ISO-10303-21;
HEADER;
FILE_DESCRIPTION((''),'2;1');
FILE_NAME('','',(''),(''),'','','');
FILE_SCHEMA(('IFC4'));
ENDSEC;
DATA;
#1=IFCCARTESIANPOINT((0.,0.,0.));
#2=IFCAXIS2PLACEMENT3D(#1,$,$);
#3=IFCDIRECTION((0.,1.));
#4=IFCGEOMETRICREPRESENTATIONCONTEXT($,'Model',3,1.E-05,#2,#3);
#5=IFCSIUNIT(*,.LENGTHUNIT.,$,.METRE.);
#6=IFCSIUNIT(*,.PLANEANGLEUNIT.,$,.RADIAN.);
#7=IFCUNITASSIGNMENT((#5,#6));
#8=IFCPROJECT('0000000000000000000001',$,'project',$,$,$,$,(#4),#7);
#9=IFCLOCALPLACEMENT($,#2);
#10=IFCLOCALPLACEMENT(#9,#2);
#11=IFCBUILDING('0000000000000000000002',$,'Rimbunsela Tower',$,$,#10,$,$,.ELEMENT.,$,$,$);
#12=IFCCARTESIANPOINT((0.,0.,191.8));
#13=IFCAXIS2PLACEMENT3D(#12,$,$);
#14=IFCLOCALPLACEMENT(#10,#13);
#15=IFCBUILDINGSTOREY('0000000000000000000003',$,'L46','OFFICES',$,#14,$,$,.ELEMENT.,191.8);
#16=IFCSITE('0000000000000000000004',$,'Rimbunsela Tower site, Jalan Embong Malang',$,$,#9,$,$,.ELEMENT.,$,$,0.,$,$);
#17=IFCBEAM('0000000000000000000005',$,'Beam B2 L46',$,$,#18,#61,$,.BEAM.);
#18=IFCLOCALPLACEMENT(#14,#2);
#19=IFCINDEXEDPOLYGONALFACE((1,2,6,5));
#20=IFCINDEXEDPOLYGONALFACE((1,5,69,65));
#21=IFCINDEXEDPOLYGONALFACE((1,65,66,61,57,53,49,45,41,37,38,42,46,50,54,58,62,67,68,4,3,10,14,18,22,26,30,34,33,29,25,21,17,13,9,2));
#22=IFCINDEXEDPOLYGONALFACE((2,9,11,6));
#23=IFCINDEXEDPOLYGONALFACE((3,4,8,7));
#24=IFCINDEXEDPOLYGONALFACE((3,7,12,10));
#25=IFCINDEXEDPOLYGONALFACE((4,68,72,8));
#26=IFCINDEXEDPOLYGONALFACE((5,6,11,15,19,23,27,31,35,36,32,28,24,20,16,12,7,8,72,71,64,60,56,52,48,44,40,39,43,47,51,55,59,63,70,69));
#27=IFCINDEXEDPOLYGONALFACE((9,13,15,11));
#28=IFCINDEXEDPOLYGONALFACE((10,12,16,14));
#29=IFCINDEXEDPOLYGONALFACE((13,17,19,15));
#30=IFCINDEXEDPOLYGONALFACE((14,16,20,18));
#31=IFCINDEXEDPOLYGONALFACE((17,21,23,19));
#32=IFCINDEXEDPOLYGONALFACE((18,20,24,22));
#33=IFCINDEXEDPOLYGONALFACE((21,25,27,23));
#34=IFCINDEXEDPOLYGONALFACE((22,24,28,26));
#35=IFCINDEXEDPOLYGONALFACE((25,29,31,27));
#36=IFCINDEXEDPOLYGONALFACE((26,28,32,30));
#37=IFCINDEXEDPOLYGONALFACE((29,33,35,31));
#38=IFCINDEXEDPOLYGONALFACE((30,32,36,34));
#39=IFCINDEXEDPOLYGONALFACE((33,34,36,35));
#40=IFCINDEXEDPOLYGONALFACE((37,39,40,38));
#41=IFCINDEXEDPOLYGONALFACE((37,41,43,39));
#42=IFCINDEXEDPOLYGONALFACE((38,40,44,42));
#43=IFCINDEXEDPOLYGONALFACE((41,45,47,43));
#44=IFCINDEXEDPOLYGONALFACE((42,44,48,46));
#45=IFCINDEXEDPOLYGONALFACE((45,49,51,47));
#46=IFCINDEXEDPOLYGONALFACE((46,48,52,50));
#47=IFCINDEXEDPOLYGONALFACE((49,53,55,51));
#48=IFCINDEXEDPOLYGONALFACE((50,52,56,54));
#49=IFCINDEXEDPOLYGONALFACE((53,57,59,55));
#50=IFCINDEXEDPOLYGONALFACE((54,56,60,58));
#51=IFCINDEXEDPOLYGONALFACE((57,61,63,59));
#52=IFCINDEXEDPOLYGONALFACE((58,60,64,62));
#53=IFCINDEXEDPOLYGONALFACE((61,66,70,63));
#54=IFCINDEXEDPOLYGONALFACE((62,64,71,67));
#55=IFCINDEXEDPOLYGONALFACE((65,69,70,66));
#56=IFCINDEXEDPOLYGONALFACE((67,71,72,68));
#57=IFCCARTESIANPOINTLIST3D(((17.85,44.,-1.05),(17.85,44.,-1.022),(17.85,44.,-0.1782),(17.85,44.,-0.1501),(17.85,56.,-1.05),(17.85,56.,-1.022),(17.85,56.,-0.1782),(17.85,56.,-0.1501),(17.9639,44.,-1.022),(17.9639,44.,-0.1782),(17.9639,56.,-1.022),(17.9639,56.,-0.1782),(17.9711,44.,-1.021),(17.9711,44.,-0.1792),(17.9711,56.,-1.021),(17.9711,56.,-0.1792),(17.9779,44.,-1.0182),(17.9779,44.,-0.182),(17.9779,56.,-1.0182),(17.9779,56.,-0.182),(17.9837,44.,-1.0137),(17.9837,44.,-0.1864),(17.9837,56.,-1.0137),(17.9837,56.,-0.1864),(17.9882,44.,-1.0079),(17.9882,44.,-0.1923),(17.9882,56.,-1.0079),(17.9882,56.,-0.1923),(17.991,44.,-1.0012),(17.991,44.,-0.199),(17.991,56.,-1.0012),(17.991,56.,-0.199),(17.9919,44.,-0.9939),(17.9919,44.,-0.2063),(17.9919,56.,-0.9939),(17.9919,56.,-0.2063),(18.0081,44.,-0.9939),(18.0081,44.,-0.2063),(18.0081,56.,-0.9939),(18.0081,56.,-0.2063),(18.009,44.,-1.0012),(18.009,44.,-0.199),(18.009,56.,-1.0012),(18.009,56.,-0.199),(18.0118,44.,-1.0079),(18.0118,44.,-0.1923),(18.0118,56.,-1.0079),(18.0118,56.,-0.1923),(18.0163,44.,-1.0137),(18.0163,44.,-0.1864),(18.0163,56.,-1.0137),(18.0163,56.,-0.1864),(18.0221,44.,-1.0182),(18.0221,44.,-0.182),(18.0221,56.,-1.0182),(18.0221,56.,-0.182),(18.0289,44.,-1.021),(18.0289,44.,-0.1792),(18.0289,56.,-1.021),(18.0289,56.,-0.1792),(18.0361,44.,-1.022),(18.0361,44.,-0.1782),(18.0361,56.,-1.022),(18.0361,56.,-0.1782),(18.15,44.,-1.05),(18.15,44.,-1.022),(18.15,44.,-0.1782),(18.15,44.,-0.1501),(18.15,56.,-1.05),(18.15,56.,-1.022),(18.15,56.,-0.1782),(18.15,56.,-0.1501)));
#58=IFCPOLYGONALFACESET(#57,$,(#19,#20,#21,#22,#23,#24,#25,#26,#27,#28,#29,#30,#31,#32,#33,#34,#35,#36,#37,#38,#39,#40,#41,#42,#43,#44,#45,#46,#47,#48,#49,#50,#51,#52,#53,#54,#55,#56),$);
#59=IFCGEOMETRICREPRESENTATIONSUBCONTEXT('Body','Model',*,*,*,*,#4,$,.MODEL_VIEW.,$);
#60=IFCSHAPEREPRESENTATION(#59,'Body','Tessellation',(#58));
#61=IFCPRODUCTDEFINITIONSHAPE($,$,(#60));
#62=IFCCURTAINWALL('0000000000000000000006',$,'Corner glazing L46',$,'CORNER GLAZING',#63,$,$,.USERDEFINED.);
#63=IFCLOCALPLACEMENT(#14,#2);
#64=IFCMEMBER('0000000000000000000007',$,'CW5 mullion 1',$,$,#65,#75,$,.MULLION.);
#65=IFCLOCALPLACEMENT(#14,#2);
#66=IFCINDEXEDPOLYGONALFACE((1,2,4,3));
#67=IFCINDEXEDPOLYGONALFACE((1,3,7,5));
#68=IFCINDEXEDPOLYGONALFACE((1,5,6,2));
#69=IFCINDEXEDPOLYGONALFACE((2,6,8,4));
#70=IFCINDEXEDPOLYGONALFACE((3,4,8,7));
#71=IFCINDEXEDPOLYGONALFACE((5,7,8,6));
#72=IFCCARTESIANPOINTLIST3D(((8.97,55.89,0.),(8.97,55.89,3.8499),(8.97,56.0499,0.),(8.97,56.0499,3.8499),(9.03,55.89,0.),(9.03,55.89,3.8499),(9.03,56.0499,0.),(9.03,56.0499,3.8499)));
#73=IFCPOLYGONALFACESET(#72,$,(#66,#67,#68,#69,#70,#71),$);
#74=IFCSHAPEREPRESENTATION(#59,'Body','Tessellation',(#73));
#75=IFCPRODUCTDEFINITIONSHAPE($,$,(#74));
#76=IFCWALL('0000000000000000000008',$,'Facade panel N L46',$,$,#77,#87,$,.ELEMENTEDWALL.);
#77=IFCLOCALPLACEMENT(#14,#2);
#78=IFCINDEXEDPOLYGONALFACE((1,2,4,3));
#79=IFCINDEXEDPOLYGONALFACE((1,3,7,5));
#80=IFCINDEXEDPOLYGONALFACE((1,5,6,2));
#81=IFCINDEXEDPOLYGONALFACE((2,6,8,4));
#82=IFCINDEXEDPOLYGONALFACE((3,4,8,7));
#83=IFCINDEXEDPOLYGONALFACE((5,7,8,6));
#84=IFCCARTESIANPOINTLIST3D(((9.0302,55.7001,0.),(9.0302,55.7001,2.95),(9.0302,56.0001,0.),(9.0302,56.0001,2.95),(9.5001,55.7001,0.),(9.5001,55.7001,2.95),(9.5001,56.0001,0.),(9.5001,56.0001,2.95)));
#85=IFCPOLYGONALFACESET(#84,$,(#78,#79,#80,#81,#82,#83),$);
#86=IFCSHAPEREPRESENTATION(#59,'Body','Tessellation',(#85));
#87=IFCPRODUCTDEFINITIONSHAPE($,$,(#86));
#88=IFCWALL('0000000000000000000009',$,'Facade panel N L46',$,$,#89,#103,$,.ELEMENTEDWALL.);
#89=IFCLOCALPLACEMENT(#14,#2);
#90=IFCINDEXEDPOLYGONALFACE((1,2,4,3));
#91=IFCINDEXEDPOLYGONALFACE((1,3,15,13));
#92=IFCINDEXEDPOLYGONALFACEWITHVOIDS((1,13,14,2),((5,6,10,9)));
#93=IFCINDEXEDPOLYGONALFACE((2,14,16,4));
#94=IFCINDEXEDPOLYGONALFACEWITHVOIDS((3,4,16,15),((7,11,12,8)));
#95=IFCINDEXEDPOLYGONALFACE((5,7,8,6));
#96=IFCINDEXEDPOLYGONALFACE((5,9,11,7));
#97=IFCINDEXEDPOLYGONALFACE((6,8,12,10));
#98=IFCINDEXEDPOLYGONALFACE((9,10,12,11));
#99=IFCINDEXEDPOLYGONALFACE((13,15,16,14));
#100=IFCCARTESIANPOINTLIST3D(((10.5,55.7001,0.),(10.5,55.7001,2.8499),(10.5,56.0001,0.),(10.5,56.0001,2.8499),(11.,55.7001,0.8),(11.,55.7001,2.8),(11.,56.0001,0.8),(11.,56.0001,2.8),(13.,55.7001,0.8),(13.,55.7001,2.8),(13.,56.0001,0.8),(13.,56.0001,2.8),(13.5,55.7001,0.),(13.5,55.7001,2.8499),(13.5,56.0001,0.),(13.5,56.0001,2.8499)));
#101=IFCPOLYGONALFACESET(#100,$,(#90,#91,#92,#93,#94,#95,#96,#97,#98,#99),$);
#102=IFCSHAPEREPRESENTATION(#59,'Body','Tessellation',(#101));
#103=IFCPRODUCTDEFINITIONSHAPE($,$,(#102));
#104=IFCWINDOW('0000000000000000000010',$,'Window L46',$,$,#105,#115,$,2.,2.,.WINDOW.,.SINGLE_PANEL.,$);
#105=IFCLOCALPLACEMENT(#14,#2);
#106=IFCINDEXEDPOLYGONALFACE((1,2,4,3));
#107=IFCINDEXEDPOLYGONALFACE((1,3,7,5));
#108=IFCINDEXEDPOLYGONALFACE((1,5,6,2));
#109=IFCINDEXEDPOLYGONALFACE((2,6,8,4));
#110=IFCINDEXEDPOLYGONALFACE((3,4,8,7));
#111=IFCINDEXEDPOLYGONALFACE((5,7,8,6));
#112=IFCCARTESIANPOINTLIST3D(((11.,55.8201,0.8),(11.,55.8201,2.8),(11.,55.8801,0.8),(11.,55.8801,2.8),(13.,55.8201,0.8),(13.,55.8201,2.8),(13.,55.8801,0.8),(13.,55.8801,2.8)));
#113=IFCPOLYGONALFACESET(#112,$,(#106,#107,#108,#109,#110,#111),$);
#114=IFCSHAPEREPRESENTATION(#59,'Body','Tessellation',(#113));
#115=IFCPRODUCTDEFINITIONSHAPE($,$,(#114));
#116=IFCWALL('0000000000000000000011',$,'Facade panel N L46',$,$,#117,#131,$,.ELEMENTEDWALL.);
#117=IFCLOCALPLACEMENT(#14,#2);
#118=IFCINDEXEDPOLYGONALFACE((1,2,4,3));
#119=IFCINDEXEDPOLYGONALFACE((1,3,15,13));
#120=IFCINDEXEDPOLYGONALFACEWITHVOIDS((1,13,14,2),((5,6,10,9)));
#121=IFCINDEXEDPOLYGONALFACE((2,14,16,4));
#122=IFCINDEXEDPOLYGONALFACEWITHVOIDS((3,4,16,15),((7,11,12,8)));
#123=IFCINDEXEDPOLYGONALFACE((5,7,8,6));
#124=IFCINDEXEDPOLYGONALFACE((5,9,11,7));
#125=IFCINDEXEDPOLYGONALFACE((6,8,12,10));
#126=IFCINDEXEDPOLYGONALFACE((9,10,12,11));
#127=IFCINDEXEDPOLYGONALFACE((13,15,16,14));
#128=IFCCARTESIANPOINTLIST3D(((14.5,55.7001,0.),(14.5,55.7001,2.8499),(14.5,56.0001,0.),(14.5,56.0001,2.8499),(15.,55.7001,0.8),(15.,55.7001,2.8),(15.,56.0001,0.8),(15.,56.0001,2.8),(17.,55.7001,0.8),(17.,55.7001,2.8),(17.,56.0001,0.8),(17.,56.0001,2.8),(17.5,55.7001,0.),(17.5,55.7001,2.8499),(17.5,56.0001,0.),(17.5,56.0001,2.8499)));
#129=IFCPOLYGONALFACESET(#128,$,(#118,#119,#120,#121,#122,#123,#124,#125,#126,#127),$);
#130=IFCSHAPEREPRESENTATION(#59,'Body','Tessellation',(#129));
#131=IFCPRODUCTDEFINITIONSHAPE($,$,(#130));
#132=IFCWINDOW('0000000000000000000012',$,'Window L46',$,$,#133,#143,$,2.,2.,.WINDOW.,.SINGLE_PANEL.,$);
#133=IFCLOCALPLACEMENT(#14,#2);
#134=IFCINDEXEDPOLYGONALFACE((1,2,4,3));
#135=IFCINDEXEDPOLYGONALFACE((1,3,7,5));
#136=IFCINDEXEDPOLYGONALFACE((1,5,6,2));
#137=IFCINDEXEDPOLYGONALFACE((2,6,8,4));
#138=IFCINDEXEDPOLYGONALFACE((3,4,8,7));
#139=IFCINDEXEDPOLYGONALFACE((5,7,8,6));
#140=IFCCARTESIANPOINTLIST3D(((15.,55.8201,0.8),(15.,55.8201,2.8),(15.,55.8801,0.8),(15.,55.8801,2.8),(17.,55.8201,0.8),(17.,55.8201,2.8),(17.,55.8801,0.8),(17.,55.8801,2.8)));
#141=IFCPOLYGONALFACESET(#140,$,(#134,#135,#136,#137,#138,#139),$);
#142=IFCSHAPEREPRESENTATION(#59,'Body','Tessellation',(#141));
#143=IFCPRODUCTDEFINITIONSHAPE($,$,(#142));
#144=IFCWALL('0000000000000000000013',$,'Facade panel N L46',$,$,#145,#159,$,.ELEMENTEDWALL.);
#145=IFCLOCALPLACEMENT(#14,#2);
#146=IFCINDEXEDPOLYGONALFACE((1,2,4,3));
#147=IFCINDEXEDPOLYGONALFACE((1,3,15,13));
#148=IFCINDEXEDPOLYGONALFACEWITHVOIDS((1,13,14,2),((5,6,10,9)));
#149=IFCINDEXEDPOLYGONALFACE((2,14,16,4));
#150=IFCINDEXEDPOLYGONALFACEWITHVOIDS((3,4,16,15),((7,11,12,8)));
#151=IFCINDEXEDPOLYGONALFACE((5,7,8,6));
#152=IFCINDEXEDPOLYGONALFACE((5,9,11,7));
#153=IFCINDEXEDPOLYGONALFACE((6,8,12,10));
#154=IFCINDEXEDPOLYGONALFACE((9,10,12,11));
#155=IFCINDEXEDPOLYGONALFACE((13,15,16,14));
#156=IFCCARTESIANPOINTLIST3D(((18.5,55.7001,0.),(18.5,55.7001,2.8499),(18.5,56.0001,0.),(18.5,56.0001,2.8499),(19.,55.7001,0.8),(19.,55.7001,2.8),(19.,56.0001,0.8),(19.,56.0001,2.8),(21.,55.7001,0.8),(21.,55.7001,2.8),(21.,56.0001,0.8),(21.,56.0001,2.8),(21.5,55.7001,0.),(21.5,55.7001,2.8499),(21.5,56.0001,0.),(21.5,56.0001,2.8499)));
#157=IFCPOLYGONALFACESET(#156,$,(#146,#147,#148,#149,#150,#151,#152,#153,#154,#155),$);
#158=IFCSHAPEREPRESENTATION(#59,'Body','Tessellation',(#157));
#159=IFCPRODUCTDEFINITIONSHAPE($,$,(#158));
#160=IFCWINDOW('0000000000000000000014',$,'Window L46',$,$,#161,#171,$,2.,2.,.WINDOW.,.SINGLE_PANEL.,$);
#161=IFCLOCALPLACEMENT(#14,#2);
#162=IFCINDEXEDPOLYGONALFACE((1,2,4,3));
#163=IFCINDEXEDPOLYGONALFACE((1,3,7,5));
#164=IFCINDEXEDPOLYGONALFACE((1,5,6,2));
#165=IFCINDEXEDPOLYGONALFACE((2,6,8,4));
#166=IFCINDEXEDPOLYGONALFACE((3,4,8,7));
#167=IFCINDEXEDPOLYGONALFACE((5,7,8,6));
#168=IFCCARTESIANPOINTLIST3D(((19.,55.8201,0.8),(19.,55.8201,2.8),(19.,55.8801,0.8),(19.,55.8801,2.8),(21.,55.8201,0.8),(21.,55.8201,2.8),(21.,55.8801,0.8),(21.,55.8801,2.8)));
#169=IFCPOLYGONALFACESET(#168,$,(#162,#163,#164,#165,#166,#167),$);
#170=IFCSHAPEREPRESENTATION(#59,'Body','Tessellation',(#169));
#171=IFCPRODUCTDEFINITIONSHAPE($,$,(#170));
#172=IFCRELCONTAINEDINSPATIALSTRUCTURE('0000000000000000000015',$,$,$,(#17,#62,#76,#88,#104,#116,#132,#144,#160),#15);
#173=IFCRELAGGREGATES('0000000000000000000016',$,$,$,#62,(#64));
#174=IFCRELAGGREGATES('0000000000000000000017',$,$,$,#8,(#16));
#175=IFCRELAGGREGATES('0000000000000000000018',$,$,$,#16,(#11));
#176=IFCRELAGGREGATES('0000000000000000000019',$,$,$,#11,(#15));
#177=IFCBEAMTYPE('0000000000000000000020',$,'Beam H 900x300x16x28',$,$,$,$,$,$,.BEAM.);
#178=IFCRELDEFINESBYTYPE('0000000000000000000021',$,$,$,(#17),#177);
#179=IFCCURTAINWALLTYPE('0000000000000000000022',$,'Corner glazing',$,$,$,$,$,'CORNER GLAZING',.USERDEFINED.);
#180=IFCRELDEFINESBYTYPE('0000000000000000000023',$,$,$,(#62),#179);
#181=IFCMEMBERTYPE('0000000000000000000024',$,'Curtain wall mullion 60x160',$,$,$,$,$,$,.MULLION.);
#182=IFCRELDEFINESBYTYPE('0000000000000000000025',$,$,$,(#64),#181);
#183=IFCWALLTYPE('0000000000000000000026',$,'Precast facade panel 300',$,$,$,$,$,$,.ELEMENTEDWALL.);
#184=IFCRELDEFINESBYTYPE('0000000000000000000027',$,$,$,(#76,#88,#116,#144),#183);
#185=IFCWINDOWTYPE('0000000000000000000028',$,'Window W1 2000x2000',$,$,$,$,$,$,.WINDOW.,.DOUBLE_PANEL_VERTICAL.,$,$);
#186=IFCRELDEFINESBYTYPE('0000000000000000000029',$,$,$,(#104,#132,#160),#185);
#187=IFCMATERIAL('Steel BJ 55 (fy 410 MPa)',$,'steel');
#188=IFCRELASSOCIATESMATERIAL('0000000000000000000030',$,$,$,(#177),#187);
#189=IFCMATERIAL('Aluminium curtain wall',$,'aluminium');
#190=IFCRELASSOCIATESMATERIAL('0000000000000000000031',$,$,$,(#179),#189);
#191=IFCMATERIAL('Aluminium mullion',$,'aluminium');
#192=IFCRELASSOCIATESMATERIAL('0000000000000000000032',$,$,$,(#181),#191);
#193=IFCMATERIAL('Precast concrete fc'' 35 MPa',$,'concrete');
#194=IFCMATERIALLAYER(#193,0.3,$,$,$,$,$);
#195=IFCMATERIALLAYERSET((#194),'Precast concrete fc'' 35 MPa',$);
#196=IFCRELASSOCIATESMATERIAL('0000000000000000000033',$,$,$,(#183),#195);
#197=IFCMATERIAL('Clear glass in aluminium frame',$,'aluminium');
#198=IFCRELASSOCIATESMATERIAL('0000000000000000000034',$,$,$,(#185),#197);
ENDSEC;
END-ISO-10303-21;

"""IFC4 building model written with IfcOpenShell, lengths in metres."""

from ifc_helpers import new_model, si_unit, direction, frame, frame_2d, origin, origin_2d, place, context, subcontext, project, spatial, rectangle, i_section, extrude, material, layer, layer_set, material_profile, profile_set, type_object, element, fill, aggregate, save


model = new_model("IFC4")

# Units and contexts
model_context = context("Model", 3, precision=1e-05, world=origin(), true_north=direction((0.0, 1.0)))
body_context = subcontext(model_context, "Body", "Model", "MODEL_VIEW")
ifc_project = project(units=[si_unit("LENGTHUNIT", "METRE"), si_unit("PLANEANGLEUNIT", "RADIAN")], contexts=[model_context])

# Site, building, storey
site_placement = place(None, origin())
site = spatial("IfcSite", under=ifc_project, at=site_placement, Name="Rimbunsela Tower site, Jalan Embong Malang", CompositionType="ELEMENT", RefElevation=0.0)
building_placement = place(site_placement, origin())
building = spatial("IfcBuilding", under=site, at=building_placement, Name="Rimbunsela Tower", CompositionType="ELEMENT")
storey_placement = place(building_placement, frame((0.0, 0.0, 191.8)))
storey = spatial("IfcBuildingStorey", under=building, at=storey_placement, Name="L46", Description="OFFICES", CompositionType="ELEMENT", Elevation=191.8)

# Beam
ifc_material_1 = material(Name="Steel BJ 55 (fy 410 MPa)", Category="steel")
ifc_material_profile_1 = material_profile(ifc_material_1, i_section(OverallWidth=0.3, OverallDepth=0.8999, WebThickness=0.0161, FlangeThickness=0.0281, FilletRadius=0.0281, at=origin_2d()), Name="H 900x300x16x28")
ifc_profile_set_1 = profile_set([ifc_material_profile_1], Name="Steel BJ 55 (fy 410 MPa)")
beam_type_1 = type_object("IfcBeamType", Name="Beam H 900x300x16x28", PredefinedType="BEAM", material=ifc_profile_set_1)
beam_1_placement = place(storey_placement, frame((18.0, 44.0, -0.6001), z_axis=(0.0, 1.0, 0.0), x_axis=(-1.0, 0.0, 0.0)))
element("IfcBeam", 1, at=beam_1_placement, inside=storey, type_object=beam_type_1, Name="Beam B2 L46", PredefinedType="BEAM", context=body_context, shape_type="SweptSolid", body=[
    extrude(i_section(OverallWidth=0.3, OverallDepth=0.8999, WebThickness=0.0161, FlangeThickness=0.0281, FilletRadius=0.0281, at=origin_2d()), origin(), (0.0, 0.0, 1.0), 12.0),
])

# Curtain wall, member
ifc_material_2 = material(Name="Aluminium curtain wall", Category="aluminium")
curtain_wall_type = type_object("IfcCurtainWallType", Name="Corner glazing", ElementType="CORNER GLAZING", PredefinedType="USERDEFINED", material=ifc_material_2)
curtain_wall_placement = place(storey_placement, origin())
curtain_wall = element("IfcCurtainWall", 2, at=curtain_wall_placement, inside=storey, type_object=curtain_wall_type, Name="Corner glazing L46", ObjectType="CORNER GLAZING", PredefinedType="USERDEFINED")
ifc_material_3 = material(Name="Aluminium mullion", Category="aluminium")
ifc_material_profile_2 = material_profile(ifc_material_3, rectangle(XDim=0.0601, YDim=0.1599, at=origin_2d()), Name="Mullion 60x160")
ifc_profile_set_2 = profile_set([ifc_material_profile_2], Name="Aluminium mullion")
member_type = type_object("IfcMemberType", Name="Curtain wall mullion 60x160", PredefinedType="MULLION", material=ifc_profile_set_2)
member_placement = place(storey_placement, frame((9.0, 55.97, 0.0), z_axis=(0.0, 0.0, 1.0), x_axis=(1.0, 0.0, 0.0)))
member = element("IfcMember", 3, at=member_placement, type_object=member_type, Name="CW5 mullion 1", PredefinedType="MULLION", context=body_context, shape_type="SweptSolid", body=[
    extrude(rectangle(XDim=0.0601, YDim=0.1599, at=origin_2d()), origin(), (0.0, 0.0, 1.0), 3.8499),
])
aggregate(curtain_wall, [member])

# Wall
ifc_material_4 = material(Name="Precast concrete fc' 35 MPa", Category="concrete")
ifc_layer_1 = layer(ifc_material_4, 0.3)
ifc_layer_set_1 = layer_set([ifc_layer_1], Name="Precast concrete fc' 35 MPa")
wall_type_1 = type_object("IfcWallType", Name="Precast facade panel 300", PredefinedType="ELEMENTEDWALL", material=ifc_layer_set_1)
wall_1_placement = place(storey_placement, frame((9.5, 55.8501, 0.0), z_axis=(0.0, 0.0, 1.0), x_axis=(-1.0, 0.0, 0.0)))
element("IfcWall", 4, at=wall_1_placement, inside=storey, type_object=wall_type_1, Name="Facade panel N L46", PredefinedType="ELEMENTEDWALL", context=body_context, shape_type="SweptSolid", body=[
    extrude(rectangle(XDim=0.47, YDim=0.3, at=frame_2d((0.2349, 0.0))), origin(), (0.0, 0.0, 1.0), 2.95),
])

# Walls, openings, windows
wall_2_placement = place(storey_placement, frame((13.5, 55.8501, 0.0), z_axis=(0.0, 0.0, 1.0), x_axis=(-1.0, 0.0, 0.0)))
wall_2 = element("IfcWall", 5, at=wall_2_placement, inside=storey, type_object=wall_type_1, Name="Facade panel N L46", PredefinedType="ELEMENTEDWALL", context=body_context, shape_type="SweptSolid", body=[
    extrude(rectangle(XDim=3.0, YDim=0.3, at=frame_2d((1.5, 0.0))), origin(), (0.0, 0.0, 1.0), 2.8499),
])
opening_1_placement = place(wall_2_placement, frame((0.5, 0.0, 0.8)))
opening_1 = element("IfcOpeningElement", 6, at=opening_1_placement, cuts=wall_2, PredefinedType="OPENING", context=body_context, shape_type="SweptSolid", body=[
    extrude(rectangle(XDim=2.0, YDim=2.0, at=frame_2d((1.0, 1.0))), frame((0.0, 0.1599, 0.0), z_axis=(0.0, -1.0, 0.0), x_axis=(1.0, 0.0, 0.0)), (0.0, 0.0, 1.0), 0.3201),
])
ifc_material_5 = material(Name="Clear glass in aluminium frame", Category="aluminium")
window_type = type_object("IfcWindowType", Name="Window W1 2000x2000", PartitioningType="DOUBLE_PANEL_VERTICAL", PredefinedType="WINDOW", material=ifc_material_5)
window_1_placement = place(opening_1_placement, origin())
window_1 = element("IfcWindow", 7, at=window_1_placement, inside=storey, type_object=window_type, Name="Window L46", OverallHeight=2.0, OverallWidth=2.0, PartitioningType="SINGLE_PANEL", PredefinedType="WINDOW", context=body_context, shape_type="SweptSolid", body=[
    extrude(rectangle(XDim=2.0, YDim=2.0, at=frame_2d((1.0, 1.0))), frame((0.0, 0.03, 0.0), z_axis=(0.0, -1.0, 0.0), x_axis=(1.0, 0.0, 0.0)), (0.0, 0.0, 1.0), 0.0601),
])
fill(opening_1, window_1)
wall_3_placement = place(storey_placement, frame((17.5, 55.8501, 0.0), z_axis=(0.0, 0.0, 1.0), x_axis=(-1.0, 0.0, 0.0)))
wall_3 = element("IfcWall", 8, at=wall_3_placement, inside=storey, type_object=wall_type_1, Name="Facade panel N L46", PredefinedType="ELEMENTEDWALL", context=body_context, shape_type="SweptSolid", body=[
    extrude(rectangle(XDim=3.0, YDim=0.3, at=frame_2d((1.5, 0.0))), origin(), (0.0, 0.0, 1.0), 2.8499),
])
opening_2_placement = place(wall_3_placement, frame((0.5, 0.0, 0.8)))
opening_2 = element("IfcOpeningElement", 9, at=opening_2_placement, cuts=wall_3, PredefinedType="OPENING", context=body_context, shape_type="SweptSolid", body=[
    extrude(rectangle(XDim=2.0, YDim=2.0, at=frame_2d((1.0, 1.0))), frame((0.0, 0.1599, 0.0), z_axis=(0.0, -1.0, 0.0), x_axis=(1.0, 0.0, 0.0)), (0.0, 0.0, 1.0), 0.3201),
])
window_2_placement = place(opening_2_placement, origin())
window_2 = element("IfcWindow", 10, at=window_2_placement, inside=storey, type_object=window_type, Name="Window L46", OverallHeight=2.0, OverallWidth=2.0, PartitioningType="SINGLE_PANEL", PredefinedType="WINDOW", context=body_context, shape_type="SweptSolid", body=[
    extrude(rectangle(XDim=2.0, YDim=2.0, at=frame_2d((1.0, 1.0))), frame((0.0, 0.03, 0.0), z_axis=(0.0, -1.0, 0.0), x_axis=(1.0, 0.0, 0.0)), (0.0, 0.0, 1.0), 0.0601),
])
fill(opening_2, window_2)
wall_4_placement = place(storey_placement, frame((21.5, 55.8501, 0.0), z_axis=(0.0, 0.0, 1.0), x_axis=(-1.0, 0.0, 0.0)))
wall_4 = element("IfcWall", 11, at=wall_4_placement, inside=storey, type_object=wall_type_1, Name="Facade panel N L46", PredefinedType="ELEMENTEDWALL", context=body_context, shape_type="SweptSolid", body=[
    extrude(rectangle(XDim=3.0, YDim=0.3, at=frame_2d((1.5, 0.0))), origin(), (0.0, 0.0, 1.0), 2.8499),
])
opening_3_placement = place(wall_4_placement, frame((0.5, 0.0, 0.8)))
opening_3 = element("IfcOpeningElement", 12, at=opening_3_placement, cuts=wall_4, PredefinedType="OPENING", context=body_context, shape_type="SweptSolid", body=[
    extrude(rectangle(XDim=2.0, YDim=2.0, at=frame_2d((1.0, 1.0))), frame((0.0, 0.1599, 0.0), z_axis=(0.0, -1.0, 0.0), x_axis=(1.0, 0.0, 0.0)), (0.0, 0.0, 1.0), 0.3201),
])
window_3_placement = place(opening_3_placement, origin())
window_3 = element("IfcWindow", 13, at=window_3_placement, inside=storey, type_object=window_type, Name="Window L46", OverallHeight=2.0, OverallWidth=2.0, PartitioningType="SINGLE_PANEL", PredefinedType="WINDOW", context=body_context, shape_type="SweptSolid", body=[
    extrude(rectangle(XDim=2.0, YDim=2.0, at=frame_2d((1.0, 1.0))), frame((0.0, 0.03, 0.0), z_axis=(0.0, -1.0, 0.0), x_axis=(1.0, 0.0, 0.0)), (0.0, 0.0, 1.0), 0.0601),
])
fill(opening_3, window_3)

save(model, "model.ifc")
